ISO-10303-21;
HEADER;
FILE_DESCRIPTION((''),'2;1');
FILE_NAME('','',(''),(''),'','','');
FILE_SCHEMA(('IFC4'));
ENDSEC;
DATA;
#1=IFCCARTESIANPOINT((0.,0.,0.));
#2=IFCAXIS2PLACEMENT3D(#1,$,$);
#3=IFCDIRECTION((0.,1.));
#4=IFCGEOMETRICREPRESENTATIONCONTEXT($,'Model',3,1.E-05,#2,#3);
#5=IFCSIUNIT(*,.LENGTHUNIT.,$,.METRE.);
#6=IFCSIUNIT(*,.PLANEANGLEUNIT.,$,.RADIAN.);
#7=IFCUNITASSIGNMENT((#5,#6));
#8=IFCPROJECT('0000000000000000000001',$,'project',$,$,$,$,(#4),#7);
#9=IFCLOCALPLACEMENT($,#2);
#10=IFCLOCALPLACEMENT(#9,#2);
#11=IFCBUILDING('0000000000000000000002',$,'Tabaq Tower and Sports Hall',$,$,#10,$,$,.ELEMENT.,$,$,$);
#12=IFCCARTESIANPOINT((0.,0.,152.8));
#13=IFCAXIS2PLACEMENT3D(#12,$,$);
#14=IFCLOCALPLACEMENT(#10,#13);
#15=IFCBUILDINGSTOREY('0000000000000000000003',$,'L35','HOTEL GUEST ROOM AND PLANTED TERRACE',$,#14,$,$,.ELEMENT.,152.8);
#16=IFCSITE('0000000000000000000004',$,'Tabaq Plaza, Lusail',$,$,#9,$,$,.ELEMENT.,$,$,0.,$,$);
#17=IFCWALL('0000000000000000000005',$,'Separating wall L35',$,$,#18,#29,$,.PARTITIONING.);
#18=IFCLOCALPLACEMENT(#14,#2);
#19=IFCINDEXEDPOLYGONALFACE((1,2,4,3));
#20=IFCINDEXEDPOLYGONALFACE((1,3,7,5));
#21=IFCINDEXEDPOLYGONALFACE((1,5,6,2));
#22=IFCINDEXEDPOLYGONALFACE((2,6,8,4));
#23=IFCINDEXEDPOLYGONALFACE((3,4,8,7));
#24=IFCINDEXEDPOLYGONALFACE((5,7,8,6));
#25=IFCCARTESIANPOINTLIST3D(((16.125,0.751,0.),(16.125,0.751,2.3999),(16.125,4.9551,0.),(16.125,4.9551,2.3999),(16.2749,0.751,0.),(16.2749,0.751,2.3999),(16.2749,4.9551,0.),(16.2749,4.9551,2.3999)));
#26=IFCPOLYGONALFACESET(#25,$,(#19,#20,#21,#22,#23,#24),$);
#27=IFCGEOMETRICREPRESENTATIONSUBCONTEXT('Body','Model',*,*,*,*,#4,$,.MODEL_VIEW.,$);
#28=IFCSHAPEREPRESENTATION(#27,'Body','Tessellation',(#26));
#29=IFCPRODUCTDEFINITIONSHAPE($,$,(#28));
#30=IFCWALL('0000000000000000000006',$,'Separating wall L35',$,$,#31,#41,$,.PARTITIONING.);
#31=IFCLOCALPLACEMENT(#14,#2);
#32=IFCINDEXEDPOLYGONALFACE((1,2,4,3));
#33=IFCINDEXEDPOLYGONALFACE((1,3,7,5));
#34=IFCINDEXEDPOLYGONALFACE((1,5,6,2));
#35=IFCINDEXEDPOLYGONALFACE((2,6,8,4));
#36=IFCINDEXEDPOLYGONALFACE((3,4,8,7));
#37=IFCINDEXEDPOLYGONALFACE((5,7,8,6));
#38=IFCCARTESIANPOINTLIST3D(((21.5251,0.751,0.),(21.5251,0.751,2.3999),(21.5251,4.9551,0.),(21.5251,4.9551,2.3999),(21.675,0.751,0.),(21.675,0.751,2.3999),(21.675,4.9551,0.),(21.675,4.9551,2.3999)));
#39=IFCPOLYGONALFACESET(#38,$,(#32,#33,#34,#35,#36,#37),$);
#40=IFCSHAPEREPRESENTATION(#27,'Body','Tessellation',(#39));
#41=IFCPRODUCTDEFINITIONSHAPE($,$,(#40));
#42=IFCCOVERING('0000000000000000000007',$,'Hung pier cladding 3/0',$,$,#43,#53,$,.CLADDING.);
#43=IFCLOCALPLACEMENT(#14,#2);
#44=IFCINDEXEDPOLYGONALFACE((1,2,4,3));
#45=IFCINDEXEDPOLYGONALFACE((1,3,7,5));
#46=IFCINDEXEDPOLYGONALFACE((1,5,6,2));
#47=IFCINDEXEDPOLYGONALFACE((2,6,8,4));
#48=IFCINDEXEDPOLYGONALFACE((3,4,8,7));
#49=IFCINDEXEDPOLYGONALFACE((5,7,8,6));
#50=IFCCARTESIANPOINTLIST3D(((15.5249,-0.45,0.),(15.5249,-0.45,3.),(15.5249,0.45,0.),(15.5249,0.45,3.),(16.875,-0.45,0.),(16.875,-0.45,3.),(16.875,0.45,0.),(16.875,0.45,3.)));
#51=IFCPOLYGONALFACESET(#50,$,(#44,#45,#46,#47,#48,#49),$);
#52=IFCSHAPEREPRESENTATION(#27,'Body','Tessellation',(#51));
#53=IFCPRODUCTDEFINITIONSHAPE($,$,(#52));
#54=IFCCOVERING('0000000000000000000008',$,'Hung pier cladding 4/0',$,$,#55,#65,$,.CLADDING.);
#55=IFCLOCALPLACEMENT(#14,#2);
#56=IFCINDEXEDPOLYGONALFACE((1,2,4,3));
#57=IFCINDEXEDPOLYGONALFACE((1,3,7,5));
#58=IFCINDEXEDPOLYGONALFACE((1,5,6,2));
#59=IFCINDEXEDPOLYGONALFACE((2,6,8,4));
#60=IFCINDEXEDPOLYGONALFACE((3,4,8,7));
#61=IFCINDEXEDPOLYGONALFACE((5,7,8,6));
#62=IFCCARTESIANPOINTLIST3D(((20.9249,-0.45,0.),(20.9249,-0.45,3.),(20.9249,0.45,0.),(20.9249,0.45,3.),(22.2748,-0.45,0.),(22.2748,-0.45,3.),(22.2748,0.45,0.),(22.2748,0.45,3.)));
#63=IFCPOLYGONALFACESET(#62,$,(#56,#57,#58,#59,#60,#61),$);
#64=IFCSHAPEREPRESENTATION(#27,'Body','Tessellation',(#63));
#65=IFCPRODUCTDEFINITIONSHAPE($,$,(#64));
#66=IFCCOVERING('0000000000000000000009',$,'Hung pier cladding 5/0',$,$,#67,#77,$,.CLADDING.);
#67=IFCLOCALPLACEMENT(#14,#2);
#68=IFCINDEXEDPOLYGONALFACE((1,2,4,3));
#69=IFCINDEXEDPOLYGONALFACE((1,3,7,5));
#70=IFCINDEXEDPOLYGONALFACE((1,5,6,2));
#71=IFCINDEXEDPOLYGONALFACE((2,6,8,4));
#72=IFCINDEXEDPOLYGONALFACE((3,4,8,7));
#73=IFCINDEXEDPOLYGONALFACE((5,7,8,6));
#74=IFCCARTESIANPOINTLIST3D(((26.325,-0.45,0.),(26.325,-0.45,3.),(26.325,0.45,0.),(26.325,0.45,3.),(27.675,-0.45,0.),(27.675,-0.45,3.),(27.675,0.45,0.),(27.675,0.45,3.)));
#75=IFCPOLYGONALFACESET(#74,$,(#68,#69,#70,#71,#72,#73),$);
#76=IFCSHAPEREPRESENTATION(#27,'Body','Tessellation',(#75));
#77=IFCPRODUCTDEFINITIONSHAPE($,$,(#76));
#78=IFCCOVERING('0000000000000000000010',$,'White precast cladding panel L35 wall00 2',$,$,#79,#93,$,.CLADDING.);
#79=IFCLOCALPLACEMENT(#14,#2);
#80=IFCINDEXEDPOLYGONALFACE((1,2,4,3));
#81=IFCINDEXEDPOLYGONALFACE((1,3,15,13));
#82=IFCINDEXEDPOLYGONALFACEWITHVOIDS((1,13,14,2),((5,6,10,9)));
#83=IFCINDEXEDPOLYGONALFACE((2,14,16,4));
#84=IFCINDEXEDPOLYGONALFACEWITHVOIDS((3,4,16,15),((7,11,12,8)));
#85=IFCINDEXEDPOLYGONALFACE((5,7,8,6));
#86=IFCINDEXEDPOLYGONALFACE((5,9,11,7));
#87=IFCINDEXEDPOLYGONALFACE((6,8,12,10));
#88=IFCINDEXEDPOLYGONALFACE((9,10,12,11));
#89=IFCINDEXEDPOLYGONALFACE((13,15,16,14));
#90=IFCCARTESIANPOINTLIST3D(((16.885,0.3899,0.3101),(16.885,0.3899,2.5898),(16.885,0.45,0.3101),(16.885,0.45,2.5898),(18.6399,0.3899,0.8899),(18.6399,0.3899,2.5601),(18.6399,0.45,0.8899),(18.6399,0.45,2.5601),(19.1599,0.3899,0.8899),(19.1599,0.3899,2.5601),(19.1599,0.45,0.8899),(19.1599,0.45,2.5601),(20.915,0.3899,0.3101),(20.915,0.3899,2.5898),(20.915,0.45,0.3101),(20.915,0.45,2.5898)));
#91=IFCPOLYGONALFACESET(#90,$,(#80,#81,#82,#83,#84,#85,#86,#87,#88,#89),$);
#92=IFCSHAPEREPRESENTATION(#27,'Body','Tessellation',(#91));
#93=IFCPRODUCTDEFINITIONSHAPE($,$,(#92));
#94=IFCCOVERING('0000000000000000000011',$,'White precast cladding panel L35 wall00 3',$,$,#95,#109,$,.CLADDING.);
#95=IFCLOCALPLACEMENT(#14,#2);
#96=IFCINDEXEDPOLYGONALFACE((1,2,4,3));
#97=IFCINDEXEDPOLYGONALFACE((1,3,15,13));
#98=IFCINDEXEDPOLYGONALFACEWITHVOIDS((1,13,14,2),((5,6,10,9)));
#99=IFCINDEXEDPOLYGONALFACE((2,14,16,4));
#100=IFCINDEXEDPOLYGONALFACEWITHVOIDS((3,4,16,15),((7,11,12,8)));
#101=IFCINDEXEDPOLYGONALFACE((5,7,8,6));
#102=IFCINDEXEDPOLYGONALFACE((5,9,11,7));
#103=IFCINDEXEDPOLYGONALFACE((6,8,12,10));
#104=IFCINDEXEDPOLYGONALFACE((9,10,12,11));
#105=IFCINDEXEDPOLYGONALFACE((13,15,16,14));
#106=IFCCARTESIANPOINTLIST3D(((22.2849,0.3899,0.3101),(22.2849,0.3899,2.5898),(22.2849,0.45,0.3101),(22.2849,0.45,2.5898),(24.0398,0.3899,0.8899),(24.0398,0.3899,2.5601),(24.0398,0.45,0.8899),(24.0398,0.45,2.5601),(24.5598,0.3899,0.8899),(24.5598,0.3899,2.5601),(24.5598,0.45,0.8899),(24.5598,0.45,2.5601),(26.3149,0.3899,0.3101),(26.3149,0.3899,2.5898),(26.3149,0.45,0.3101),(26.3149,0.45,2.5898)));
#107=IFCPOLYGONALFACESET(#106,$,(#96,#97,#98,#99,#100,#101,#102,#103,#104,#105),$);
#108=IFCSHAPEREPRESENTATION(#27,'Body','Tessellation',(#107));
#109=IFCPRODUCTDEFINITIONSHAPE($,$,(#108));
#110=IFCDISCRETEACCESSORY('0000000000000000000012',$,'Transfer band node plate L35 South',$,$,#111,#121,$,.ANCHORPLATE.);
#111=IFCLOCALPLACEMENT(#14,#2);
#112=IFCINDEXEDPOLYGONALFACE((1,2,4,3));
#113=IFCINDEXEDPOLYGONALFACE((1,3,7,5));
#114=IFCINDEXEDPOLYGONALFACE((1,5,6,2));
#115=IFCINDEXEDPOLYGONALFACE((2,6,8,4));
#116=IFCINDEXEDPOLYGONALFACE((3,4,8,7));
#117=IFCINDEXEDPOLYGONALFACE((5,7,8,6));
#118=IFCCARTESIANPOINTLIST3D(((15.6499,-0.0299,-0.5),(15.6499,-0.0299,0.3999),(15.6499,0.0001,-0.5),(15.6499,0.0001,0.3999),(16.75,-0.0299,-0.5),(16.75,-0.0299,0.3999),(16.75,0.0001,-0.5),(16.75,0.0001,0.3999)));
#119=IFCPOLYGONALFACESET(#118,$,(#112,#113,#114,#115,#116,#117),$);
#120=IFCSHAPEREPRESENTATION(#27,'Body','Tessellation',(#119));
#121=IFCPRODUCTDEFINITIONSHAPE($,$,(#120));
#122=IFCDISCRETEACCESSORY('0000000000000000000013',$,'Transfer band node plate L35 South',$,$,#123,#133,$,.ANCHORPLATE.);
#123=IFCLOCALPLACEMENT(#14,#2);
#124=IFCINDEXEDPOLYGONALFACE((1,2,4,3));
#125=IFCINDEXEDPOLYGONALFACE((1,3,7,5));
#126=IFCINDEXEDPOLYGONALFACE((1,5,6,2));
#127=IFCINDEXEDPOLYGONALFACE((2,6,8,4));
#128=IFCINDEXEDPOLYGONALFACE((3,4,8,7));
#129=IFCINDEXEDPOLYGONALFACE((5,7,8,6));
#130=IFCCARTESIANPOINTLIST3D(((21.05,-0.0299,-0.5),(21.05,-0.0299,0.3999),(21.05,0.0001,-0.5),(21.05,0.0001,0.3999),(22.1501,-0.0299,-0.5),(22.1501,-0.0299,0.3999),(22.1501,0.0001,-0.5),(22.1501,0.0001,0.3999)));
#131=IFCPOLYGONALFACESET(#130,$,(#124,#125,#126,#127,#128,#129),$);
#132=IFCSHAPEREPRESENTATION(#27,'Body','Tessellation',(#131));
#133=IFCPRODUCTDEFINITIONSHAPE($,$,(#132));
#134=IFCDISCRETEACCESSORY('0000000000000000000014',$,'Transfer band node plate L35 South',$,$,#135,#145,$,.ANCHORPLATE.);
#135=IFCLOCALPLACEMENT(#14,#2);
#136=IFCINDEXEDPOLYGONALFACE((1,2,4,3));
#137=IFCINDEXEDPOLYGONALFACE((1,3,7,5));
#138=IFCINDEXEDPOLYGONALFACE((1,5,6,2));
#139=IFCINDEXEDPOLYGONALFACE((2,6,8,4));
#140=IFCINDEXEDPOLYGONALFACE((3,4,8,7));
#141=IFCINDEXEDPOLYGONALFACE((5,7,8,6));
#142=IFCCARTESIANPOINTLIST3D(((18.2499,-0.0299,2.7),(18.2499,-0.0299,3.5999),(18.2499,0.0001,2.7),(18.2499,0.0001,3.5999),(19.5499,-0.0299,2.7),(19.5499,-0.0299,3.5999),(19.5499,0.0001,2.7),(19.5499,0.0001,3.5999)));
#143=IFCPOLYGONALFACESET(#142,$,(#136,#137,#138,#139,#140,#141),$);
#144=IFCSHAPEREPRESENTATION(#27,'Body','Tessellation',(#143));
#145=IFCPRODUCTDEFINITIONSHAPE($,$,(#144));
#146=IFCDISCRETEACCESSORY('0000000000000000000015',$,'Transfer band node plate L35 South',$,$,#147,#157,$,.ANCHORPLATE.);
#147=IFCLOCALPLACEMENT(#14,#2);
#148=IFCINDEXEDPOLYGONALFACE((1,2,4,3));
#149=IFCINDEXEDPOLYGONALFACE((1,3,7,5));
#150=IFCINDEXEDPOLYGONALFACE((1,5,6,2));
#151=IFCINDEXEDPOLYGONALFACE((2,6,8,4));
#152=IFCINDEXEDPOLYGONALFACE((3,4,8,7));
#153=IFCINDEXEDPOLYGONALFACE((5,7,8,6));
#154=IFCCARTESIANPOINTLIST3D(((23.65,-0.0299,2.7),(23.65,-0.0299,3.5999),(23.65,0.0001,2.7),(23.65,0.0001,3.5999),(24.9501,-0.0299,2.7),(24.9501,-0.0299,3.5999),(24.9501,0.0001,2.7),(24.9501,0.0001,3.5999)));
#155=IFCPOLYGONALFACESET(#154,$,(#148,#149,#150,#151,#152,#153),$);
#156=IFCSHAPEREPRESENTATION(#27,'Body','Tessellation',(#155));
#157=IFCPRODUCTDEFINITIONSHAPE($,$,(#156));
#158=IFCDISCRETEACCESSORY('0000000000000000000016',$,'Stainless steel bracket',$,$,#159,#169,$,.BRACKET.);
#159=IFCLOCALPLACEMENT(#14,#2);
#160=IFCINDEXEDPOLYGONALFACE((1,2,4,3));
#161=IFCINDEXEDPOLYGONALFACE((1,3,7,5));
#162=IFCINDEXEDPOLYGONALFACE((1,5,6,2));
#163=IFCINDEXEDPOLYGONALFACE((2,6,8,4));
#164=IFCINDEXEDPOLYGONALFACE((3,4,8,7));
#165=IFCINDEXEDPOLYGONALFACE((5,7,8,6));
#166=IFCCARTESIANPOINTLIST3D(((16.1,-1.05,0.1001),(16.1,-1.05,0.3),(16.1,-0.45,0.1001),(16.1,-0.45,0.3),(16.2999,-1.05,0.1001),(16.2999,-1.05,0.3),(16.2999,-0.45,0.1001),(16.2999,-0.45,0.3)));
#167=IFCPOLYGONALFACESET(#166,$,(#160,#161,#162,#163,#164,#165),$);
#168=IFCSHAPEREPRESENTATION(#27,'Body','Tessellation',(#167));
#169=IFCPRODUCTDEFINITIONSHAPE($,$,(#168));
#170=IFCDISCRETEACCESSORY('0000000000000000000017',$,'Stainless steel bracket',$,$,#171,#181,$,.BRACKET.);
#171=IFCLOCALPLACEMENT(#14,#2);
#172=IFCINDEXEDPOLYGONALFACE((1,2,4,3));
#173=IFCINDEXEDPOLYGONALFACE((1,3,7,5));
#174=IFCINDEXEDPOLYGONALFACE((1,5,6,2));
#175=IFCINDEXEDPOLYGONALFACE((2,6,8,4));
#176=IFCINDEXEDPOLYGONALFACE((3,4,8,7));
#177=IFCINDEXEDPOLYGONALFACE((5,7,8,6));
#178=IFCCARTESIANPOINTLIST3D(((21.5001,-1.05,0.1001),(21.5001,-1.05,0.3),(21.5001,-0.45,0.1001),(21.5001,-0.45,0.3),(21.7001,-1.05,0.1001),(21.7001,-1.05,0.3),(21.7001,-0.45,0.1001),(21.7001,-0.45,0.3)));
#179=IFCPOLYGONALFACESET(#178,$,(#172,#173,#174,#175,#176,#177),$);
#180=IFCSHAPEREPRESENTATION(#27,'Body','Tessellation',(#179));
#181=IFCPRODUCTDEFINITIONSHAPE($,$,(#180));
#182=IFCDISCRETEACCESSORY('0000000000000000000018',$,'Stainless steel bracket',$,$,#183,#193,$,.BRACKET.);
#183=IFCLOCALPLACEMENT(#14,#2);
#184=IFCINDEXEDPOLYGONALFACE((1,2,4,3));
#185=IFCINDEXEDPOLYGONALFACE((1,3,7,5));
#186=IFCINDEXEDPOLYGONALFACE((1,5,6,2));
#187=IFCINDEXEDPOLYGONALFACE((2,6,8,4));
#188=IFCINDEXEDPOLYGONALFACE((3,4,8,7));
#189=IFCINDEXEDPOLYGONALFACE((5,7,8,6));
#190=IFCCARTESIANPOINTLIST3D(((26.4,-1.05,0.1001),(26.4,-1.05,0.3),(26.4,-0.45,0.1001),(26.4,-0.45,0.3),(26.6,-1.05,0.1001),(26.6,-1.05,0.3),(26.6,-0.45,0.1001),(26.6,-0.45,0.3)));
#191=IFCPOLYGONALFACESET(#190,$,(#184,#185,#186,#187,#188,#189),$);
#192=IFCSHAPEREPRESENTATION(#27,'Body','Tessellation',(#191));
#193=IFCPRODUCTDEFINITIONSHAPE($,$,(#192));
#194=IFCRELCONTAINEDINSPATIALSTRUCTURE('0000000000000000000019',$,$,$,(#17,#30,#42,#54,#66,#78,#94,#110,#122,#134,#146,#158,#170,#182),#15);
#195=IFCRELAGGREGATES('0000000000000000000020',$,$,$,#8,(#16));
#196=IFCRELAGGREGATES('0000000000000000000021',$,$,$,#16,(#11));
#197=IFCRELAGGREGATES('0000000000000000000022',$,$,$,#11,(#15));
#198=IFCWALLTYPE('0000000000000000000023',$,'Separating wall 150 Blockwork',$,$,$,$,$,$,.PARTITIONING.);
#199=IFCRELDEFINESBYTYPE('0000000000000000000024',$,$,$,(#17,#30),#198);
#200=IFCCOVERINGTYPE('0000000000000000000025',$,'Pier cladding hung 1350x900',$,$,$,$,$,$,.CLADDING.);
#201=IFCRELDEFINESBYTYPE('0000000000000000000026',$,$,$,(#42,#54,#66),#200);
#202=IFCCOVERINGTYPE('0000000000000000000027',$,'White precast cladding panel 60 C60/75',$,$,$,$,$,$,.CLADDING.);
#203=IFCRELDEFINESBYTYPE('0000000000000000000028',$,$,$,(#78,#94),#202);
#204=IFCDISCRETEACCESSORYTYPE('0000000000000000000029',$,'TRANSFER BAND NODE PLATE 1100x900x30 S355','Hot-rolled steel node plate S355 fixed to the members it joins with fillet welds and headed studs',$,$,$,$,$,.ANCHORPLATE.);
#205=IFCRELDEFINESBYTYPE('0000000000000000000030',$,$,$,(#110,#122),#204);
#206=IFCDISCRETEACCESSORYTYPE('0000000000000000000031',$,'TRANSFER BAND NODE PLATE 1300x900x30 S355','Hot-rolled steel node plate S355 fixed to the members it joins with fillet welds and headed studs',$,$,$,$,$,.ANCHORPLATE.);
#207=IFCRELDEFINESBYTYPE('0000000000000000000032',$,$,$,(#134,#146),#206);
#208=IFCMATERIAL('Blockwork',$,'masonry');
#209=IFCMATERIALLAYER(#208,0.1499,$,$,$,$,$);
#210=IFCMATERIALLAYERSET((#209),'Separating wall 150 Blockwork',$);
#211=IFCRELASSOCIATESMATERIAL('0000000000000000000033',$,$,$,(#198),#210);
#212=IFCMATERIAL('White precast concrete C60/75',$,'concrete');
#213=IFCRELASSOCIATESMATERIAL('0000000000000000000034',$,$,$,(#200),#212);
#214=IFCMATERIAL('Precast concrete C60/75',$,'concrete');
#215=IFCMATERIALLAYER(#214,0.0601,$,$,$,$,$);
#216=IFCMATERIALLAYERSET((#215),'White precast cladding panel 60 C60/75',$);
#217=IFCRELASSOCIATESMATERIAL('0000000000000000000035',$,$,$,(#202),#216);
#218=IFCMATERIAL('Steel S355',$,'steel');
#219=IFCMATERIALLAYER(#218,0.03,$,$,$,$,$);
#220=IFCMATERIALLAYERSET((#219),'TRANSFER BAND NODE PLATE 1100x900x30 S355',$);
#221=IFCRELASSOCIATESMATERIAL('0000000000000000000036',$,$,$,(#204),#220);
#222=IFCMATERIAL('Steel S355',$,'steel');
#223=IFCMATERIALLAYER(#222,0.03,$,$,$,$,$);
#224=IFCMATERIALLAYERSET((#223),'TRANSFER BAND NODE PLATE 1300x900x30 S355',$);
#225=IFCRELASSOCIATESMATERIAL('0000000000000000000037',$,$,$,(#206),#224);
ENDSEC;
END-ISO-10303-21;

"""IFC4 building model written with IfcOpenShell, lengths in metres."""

from ifc_helpers import new_model, si_unit, direction, frame, frame_2d, origin, origin_2d, place, context, subcontext, project, spatial, polyline, rectangle, outline, extrude, material, layer, layer_set, type_object, element, save


model = new_model("IFC4")

# Units and contexts
model_context = context("Model", 3, precision=1e-05, world=origin(), true_north=direction((0.0, 1.0)))
body_context = subcontext(model_context, "Body", "Model", "MODEL_VIEW")
ifc_project = project(units=[si_unit("LENGTHUNIT", "METRE"), si_unit("PLANEANGLEUNIT", "RADIAN")], contexts=[model_context])

# Site, building, storey
site_placement = place(None, origin())
site = spatial("IfcSite", under=ifc_project, at=site_placement, Name="Tabaq Plaza, Lusail", CompositionType="ELEMENT", RefElevation=0.0)
building_placement = place(site_placement, origin())
building = spatial("IfcBuilding", under=site, at=building_placement, Name="Tabaq Tower and Sports Hall", CompositionType="ELEMENT")
storey_placement = place(building_placement, frame((0.0, 0.0, 152.8)))
storey = spatial("IfcBuildingStorey", under=building, at=storey_placement, Name="L35", Description="HOTEL GUEST ROOM AND PLANTED TERRACE", CompositionType="ELEMENT", Elevation=152.8)

# Walls
ifc_material_1 = material(Name="Blockwork", Category="masonry")
ifc_layer_1 = layer(ifc_material_1, 0.1499)
ifc_layer_set_1 = layer_set([ifc_layer_1], Name="Separating wall 150 Blockwork")
wall_type_1 = type_object("IfcWallType", Name="Separating wall 150 Blockwork", PredefinedType="PARTITIONING", material=ifc_layer_set_1)
for number, where, z_axis, x_axis, name in (
    (1, (16.2, 0.751, 0.0), (0.0, 0.0, 1.0), (0.0, 1.0, 0.0), "Separating wall L35"),
    (2, (21.6001, 0.751, 0.0), (0.0, 0.0, 1.0), (0.0, 1.0, 0.0), "Separating wall L35"),
):
    element("IfcWall", number, at=place(storey_placement, frame(where, z_axis=z_axis, x_axis=x_axis)), inside=storey, type_object=wall_type_1, Name=name, PredefinedType="PARTITIONING", context=body_context, shape_type="SweptSolid", body=[
        extrude(rectangle(XDim=4.2041, YDim=0.1499, at=frame_2d((2.1021, 0.0))), origin(), (0.0, 0.0, 1.0), 2.3999),
    ])

# Coverings
ifc_material_2 = material(Name="White precast concrete C60/75", Category="concrete")
covering_type_1 = type_object("IfcCoveringType", Name="Pier cladding hung 1350x900", PredefinedType="CLADDING", material=ifc_material_2)
covering_1_placement = place(storey_placement, frame((15.5249, 0.0, 0.0), z_axis=(0.0, 0.0, 1.0), x_axis=(1.0, 0.0, 0.0)))
element("IfcCovering", 3, at=covering_1_placement, inside=storey, type_object=covering_type_1, Name="Hung pier cladding 3/0", PredefinedType="CLADDING", context=body_context, shape_type="SweptSolid", body=[
    extrude(rectangle(XDim=1.3501, YDim=0.8999, at=frame_2d((0.675, 0.0))), origin(), (0.0, 0.0, 1.0), 3.0),
])
covering_2_placement = place(storey_placement, frame((20.925, 0.0, 0.0), z_axis=(0.0, 0.0, 1.0), x_axis=(1.0, 0.0, 0.0)))
element("IfcCovering", 4, at=covering_2_placement, inside=storey, type_object=covering_type_1, Name="Hung pier cladding 4/0", PredefinedType="CLADDING", context=body_context, shape_type="SweptSolid", body=[
    extrude(rectangle(XDim=1.3499, YDim=0.8999, at=frame_2d((0.6748, 0.0))), origin(), (0.0, 0.0, 1.0), 3.0),
])
covering_3_placement = place(storey_placement, frame((26.325, 0.0, 0.0), z_axis=(0.0, 0.0, 1.0), x_axis=(1.0, 0.0, 0.0)))
element("IfcCovering", 5, at=covering_3_placement, inside=storey, type_object=covering_type_1, Name="Hung pier cladding 5/0", PredefinedType="CLADDING", context=body_context, shape_type="SweptSolid", body=[
    extrude(rectangle(XDim=1.3501, YDim=0.8999, at=frame_2d((0.675, 0.0))), origin(), (0.0, 0.0, 1.0), 3.0),
])
ifc_material_3 = material(Name="Precast concrete C60/75", Category="concrete")
ifc_layer_2 = layer(ifc_material_3, 0.0601)
ifc_layer_set_2 = layer_set([ifc_layer_2], Name="White precast cladding panel 60 C60/75")
covering_type_2 = type_object("IfcCoveringType", Name="White precast cladding panel 60 C60/75", PredefinedType="CLADDING", material=ifc_layer_set_2)
for number, where, z_axis, x_axis, name in (
    (6, (16.885, 0.4199, 0.3101), (0.0, 0.0, 1.0), (1.0, 0.0, 0.0), "White precast cladding panel L35 wall00 2"),
    (7, (22.2849, 0.4199, 0.3101), (0.0, 0.0, 1.0), (1.0, 0.0, 0.0), "White precast cladding panel L35 wall00 3"),
):
    element("IfcCovering", number, at=place(storey_placement, frame(where, z_axis=z_axis, x_axis=x_axis)), inside=storey, type_object=covering_type_2, Name=name, PredefinedType="CLADDING", context=body_context, shape_type="SweptSolid", body=[
        extrude(outline(polyline([(0.0, 0.0), (4.03, 0.0), (4.03, 2.2798), (0.0, 2.2798), (0.0, 0.0)]), holes=[polyline([(2.2749, 0.5798), (1.7549, 0.5798), (1.7549, 2.25), (2.2749, 2.25), (2.2749, 0.5798)])]), frame((0.0, 0.03, 0.0), z_axis=(0.0, -1.0, 0.0), x_axis=(1.0, 0.0, 0.0)), (0.0, 0.0, 1.0), 0.0601),
    ])

# Discrete accessories
ifc_material_4 = material(Name="Steel S355", Category="steel")
ifc_layer_3 = layer(ifc_material_4, 0.03)
ifc_layer_set_3 = layer_set([ifc_layer_3], Name="TRANSFER BAND NODE PLATE 1100x900x30 S355")
discrete_accessory_type_1 = type_object("IfcDiscreteAccessoryType", Name="TRANSFER BAND NODE PLATE 1100x900x30 S355", Description="Hot-rolled steel node plate S355 fixed to the members it joins with fillet welds and headed studs", PredefinedType="ANCHORPLATE", material=ifc_layer_set_3)
for number, where, z_axis, x_axis, name in (
    (8, (16.2, -0.0149, -0.5), (0.0, 0.0, 1.0), (1.0, 0.0, 0.0), "Transfer band node plate L35 South"),
    (9, (21.6001, -0.0149, -0.5), (0.0, 0.0, 1.0), (1.0, 0.0, 0.0), "Transfer band node plate L35 South"),
):
    element("IfcDiscreteAccessory", number, at=place(storey_placement, frame(where, z_axis=z_axis, x_axis=x_axis)), inside=storey, type_object=discrete_accessory_type_1, Name=name, PredefinedType="ANCHORPLATE", context=body_context, shape_type="SweptSolid", body=[
        extrude(rectangle(XDim=1.1001, YDim=0.03, at=origin_2d()), origin(), (0.0, 0.0, 1.0), 0.8999),
    ])
ifc_material_5 = material(Name="Steel S355", Category="steel")
ifc_layer_4 = layer(ifc_material_5, 0.03)
ifc_layer_set_4 = layer_set([ifc_layer_4], Name="TRANSFER BAND NODE PLATE 1300x900x30 S355")
discrete_accessory_type_2 = type_object("IfcDiscreteAccessoryType", Name="TRANSFER BAND NODE PLATE 1300x900x30 S355", Description="Hot-rolled steel node plate S355 fixed to the members it joins with fillet welds and headed studs", PredefinedType="ANCHORPLATE", material=ifc_layer_set_4)
for number, where, z_axis, x_axis, name in (
    (10, (18.8999, -0.0149, 2.7), (0.0, 0.0, 1.0), (1.0, 0.0, 0.0), "Transfer band node plate L35 South"),
    (11, (24.3, -0.0149, 2.7), (0.0, 0.0, 1.0), (1.0, 0.0, 0.0), "Transfer band node plate L35 South"),
):
    element("IfcDiscreteAccessory", number, at=place(storey_placement, frame(where, z_axis=z_axis, x_axis=x_axis)), inside=storey, type_object=discrete_accessory_type_2, Name=name, PredefinedType="ANCHORPLATE", context=body_context, shape_type="SweptSolid", body=[
        extrude(rectangle(XDim=1.3, YDim=0.03, at=origin_2d()), origin(), (0.0, 0.0, 1.0), 0.8999),
    ])
for number, where, z_axis, x_axis, name in (
    (12, (16.2, -0.75, 0.1001), (0.0, 0.0, 1.0), (0.0, -1.0, 0.0), "Stainless steel bracket"),
    (13, (21.6001, -0.75, 0.1001), (0.0, 0.0, 1.0), (0.0, -1.0, 0.0), "Stainless steel bracket"),
    (14, (26.5, -0.75, 0.1001), (0.0, 0.0, 1.0), (0.0, -1.0, 0.0), "Stainless steel bracket"),
):
    element("IfcDiscreteAccessory", number, at=place(storey_placement, frame(where, z_axis=z_axis, x_axis=x_axis)), inside=storey, Name=name, PredefinedType="BRACKET", context=body_context, shape_type="SweptSolid", body=[
        extrude(rectangle(XDim=0.6001, YDim=0.2, at=origin_2d()), origin(), (0.0, 0.0, 1.0), 0.2),
    ])

save(model, "model.ifc")
